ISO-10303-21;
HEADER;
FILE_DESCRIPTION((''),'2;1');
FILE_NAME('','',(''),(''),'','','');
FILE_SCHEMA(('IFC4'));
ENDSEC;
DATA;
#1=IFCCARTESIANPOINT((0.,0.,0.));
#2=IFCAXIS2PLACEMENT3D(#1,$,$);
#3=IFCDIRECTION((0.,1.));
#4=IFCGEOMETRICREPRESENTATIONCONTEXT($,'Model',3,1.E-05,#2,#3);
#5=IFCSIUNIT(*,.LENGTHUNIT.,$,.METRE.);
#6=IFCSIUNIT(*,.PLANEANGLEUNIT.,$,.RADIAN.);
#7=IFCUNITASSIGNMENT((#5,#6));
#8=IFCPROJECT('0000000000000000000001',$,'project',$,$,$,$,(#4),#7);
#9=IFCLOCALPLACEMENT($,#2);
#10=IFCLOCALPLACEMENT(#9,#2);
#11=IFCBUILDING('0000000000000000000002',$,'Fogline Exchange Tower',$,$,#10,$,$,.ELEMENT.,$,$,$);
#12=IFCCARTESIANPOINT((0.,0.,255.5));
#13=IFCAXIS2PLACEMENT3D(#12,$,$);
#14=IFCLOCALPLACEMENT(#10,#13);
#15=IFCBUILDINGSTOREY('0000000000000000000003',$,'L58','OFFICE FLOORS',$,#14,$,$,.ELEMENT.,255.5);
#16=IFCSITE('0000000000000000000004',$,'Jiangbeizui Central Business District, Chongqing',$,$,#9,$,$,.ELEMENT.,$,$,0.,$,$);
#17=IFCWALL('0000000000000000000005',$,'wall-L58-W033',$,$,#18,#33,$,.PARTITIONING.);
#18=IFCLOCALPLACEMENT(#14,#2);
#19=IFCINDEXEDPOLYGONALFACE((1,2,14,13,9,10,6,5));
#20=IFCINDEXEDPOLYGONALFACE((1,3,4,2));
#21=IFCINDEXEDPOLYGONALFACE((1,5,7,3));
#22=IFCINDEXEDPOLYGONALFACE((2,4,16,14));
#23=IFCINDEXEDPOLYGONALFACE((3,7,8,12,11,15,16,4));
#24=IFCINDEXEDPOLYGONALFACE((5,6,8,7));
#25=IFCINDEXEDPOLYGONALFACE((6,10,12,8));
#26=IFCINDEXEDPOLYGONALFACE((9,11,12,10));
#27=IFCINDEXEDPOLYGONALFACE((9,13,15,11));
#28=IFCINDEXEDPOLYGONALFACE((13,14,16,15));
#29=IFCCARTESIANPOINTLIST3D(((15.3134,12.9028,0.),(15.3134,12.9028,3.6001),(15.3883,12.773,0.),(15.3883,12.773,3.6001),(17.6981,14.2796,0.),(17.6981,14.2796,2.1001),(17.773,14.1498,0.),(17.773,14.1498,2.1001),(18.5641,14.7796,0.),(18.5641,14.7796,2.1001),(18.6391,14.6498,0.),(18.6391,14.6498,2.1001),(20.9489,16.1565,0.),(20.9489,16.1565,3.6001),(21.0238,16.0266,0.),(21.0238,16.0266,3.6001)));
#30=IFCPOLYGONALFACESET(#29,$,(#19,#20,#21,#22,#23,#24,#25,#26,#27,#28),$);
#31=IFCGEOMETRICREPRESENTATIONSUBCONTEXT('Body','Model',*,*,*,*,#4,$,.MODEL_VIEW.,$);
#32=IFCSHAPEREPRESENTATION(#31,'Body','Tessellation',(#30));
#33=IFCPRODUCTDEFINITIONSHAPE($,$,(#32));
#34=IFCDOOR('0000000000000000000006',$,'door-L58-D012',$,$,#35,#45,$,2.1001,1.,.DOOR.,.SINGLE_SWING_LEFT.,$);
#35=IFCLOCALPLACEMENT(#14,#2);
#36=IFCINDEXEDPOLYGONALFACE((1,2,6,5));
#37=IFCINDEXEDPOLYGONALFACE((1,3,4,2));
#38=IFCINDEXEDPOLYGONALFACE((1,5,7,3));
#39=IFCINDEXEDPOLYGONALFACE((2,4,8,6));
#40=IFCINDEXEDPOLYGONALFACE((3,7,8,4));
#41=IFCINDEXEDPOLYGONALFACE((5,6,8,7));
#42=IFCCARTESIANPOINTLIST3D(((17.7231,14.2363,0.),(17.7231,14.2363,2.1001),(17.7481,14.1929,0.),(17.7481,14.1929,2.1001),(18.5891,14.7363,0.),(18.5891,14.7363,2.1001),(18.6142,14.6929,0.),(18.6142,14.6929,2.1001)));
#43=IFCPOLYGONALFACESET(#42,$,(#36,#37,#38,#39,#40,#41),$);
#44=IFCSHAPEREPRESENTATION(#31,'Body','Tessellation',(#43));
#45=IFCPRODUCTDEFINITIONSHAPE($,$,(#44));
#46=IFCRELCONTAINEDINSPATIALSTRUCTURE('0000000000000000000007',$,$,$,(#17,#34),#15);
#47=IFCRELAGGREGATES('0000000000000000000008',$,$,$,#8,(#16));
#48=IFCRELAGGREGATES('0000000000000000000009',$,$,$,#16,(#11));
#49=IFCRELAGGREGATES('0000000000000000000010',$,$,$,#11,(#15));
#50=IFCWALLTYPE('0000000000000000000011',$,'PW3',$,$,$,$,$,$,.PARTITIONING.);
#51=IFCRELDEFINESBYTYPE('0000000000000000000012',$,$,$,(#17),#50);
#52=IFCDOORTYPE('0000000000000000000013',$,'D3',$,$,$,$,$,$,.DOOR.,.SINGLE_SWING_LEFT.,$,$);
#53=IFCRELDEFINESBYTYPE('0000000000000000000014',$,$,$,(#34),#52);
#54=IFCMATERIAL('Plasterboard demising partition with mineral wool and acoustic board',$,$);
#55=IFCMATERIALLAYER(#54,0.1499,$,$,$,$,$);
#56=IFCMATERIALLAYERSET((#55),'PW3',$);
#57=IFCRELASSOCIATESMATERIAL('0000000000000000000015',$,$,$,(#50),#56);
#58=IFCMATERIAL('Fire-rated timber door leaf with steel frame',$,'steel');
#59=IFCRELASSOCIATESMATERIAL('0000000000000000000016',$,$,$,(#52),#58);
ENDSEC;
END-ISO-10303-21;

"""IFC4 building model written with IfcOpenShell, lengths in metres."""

from ifc_helpers import new_model, si_unit, direction, frame, frame_2d, origin, place, context, subcontext, project, spatial, rectangle, extrude, material, layer, layer_set, type_object, element, fill, save


model = new_model("IFC4")

# Units and contexts
model_context = context("Model", 3, precision=1e-05, world=origin(), true_north=direction((0.0, 1.0)))
body_context = subcontext(model_context, "Body", "Model", "MODEL_VIEW")
ifc_project = project(units=[si_unit("LENGTHUNIT", "METRE"), si_unit("PLANEANGLEUNIT", "RADIAN")], contexts=[model_context])

# Site, building, storey
site_placement = place(None, origin())
site = spatial("IfcSite", under=ifc_project, at=site_placement, Name="Jiangbeizui Central Business District, Chongqing", CompositionType="ELEMENT", RefElevation=0.0)
building_placement = place(site_placement, origin())
building = spatial("IfcBuilding", under=site, at=building_placement, Name="Fogline Exchange Tower", CompositionType="ELEMENT")
storey_placement = place(building_placement, frame((0.0, 0.0, 255.5)))
storey = spatial("IfcBuildingStorey", under=building, at=storey_placement, Name="L58", Description="OFFICE FLOORS", CompositionType="ELEMENT", Elevation=255.5)

# Shared definitions
ifc_material_1 = material(Name="Plasterboard demising partition with mineral wool and acoustic board")
ifc_layer_1 = layer(ifc_material_1, 0.1499)
ifc_layer_set_1 = layer_set([ifc_layer_1], Name="PW3")
wall_type_1 = type_object("IfcWallType", Name="PW3", PredefinedType="PARTITIONING", material=ifc_layer_set_1)
ifc_material_2 = material(Name="Fire-rated timber door leaf with steel frame", Category="steel")
door_type_1 = type_object("IfcDoorType", Name="D3", OperationType="SINGLE_SWING_LEFT", PredefinedType="DOOR", material=ifc_material_2)

# Wall, opening, door
wall_1_placement = place(storey_placement, frame((15.3508, 12.8379, 0.0), z_axis=(0.0, 0.0, 1.0), x_axis=(0.866025, 0.500001, 0.0)))
wall_1 = element("IfcWall", 1, at=wall_1_placement, inside=storey, type_object=wall_type_1, Name="wall-L58-W033", PredefinedType="PARTITIONING", context=body_context, shape_type="SweptSolid", body=[
    extrude(rectangle(XDim=6.5073, YDim=0.1499, at=frame_2d((3.2537, 0.0))), origin(), (0.0, 0.0, 1.0), 3.6001),
])
opening_1_placement = place(wall_1_placement, frame((2.7537, 0.0, 0.0)))
opening_1 = element("IfcOpeningElement", 2, at=opening_1_placement, cuts=wall_1, PredefinedType="OPENING", context=body_context, shape_type="SweptSolid", body=[
    extrude(rectangle(XDim=1.0, YDim=2.1001, at=frame_2d((0.5, 1.05))), frame((0.0, 0.085, 0.0), z_axis=(0.0, -1.0, 0.0), x_axis=(1.0, 0.0, 0.0)), (0.0, 0.0, 1.0), 0.1699),
])
door_1_placement = place(opening_1_placement, origin())
door_1 = element("IfcDoor", 3, at=door_1_placement, inside=storey, type_object=door_type_1, Name="door-L58-D012", OperationType="SINGLE_SWING_LEFT", OverallHeight=2.1001, OverallWidth=1.0, PredefinedType="DOOR", context=body_context, shape_type="SweptSolid", body=[
    extrude(rectangle(XDim=1.0, YDim=2.1001, at=frame_2d((0.5, 1.05))), frame((0.0, 0.0249, 0.0), z_axis=(0.0, -1.0, 0.0), x_axis=(1.0, 0.0, 0.0)), (0.0, 0.0, 1.0), 0.05),
])
fill(opening_1, door_1)

save(model, "model.ifc")
